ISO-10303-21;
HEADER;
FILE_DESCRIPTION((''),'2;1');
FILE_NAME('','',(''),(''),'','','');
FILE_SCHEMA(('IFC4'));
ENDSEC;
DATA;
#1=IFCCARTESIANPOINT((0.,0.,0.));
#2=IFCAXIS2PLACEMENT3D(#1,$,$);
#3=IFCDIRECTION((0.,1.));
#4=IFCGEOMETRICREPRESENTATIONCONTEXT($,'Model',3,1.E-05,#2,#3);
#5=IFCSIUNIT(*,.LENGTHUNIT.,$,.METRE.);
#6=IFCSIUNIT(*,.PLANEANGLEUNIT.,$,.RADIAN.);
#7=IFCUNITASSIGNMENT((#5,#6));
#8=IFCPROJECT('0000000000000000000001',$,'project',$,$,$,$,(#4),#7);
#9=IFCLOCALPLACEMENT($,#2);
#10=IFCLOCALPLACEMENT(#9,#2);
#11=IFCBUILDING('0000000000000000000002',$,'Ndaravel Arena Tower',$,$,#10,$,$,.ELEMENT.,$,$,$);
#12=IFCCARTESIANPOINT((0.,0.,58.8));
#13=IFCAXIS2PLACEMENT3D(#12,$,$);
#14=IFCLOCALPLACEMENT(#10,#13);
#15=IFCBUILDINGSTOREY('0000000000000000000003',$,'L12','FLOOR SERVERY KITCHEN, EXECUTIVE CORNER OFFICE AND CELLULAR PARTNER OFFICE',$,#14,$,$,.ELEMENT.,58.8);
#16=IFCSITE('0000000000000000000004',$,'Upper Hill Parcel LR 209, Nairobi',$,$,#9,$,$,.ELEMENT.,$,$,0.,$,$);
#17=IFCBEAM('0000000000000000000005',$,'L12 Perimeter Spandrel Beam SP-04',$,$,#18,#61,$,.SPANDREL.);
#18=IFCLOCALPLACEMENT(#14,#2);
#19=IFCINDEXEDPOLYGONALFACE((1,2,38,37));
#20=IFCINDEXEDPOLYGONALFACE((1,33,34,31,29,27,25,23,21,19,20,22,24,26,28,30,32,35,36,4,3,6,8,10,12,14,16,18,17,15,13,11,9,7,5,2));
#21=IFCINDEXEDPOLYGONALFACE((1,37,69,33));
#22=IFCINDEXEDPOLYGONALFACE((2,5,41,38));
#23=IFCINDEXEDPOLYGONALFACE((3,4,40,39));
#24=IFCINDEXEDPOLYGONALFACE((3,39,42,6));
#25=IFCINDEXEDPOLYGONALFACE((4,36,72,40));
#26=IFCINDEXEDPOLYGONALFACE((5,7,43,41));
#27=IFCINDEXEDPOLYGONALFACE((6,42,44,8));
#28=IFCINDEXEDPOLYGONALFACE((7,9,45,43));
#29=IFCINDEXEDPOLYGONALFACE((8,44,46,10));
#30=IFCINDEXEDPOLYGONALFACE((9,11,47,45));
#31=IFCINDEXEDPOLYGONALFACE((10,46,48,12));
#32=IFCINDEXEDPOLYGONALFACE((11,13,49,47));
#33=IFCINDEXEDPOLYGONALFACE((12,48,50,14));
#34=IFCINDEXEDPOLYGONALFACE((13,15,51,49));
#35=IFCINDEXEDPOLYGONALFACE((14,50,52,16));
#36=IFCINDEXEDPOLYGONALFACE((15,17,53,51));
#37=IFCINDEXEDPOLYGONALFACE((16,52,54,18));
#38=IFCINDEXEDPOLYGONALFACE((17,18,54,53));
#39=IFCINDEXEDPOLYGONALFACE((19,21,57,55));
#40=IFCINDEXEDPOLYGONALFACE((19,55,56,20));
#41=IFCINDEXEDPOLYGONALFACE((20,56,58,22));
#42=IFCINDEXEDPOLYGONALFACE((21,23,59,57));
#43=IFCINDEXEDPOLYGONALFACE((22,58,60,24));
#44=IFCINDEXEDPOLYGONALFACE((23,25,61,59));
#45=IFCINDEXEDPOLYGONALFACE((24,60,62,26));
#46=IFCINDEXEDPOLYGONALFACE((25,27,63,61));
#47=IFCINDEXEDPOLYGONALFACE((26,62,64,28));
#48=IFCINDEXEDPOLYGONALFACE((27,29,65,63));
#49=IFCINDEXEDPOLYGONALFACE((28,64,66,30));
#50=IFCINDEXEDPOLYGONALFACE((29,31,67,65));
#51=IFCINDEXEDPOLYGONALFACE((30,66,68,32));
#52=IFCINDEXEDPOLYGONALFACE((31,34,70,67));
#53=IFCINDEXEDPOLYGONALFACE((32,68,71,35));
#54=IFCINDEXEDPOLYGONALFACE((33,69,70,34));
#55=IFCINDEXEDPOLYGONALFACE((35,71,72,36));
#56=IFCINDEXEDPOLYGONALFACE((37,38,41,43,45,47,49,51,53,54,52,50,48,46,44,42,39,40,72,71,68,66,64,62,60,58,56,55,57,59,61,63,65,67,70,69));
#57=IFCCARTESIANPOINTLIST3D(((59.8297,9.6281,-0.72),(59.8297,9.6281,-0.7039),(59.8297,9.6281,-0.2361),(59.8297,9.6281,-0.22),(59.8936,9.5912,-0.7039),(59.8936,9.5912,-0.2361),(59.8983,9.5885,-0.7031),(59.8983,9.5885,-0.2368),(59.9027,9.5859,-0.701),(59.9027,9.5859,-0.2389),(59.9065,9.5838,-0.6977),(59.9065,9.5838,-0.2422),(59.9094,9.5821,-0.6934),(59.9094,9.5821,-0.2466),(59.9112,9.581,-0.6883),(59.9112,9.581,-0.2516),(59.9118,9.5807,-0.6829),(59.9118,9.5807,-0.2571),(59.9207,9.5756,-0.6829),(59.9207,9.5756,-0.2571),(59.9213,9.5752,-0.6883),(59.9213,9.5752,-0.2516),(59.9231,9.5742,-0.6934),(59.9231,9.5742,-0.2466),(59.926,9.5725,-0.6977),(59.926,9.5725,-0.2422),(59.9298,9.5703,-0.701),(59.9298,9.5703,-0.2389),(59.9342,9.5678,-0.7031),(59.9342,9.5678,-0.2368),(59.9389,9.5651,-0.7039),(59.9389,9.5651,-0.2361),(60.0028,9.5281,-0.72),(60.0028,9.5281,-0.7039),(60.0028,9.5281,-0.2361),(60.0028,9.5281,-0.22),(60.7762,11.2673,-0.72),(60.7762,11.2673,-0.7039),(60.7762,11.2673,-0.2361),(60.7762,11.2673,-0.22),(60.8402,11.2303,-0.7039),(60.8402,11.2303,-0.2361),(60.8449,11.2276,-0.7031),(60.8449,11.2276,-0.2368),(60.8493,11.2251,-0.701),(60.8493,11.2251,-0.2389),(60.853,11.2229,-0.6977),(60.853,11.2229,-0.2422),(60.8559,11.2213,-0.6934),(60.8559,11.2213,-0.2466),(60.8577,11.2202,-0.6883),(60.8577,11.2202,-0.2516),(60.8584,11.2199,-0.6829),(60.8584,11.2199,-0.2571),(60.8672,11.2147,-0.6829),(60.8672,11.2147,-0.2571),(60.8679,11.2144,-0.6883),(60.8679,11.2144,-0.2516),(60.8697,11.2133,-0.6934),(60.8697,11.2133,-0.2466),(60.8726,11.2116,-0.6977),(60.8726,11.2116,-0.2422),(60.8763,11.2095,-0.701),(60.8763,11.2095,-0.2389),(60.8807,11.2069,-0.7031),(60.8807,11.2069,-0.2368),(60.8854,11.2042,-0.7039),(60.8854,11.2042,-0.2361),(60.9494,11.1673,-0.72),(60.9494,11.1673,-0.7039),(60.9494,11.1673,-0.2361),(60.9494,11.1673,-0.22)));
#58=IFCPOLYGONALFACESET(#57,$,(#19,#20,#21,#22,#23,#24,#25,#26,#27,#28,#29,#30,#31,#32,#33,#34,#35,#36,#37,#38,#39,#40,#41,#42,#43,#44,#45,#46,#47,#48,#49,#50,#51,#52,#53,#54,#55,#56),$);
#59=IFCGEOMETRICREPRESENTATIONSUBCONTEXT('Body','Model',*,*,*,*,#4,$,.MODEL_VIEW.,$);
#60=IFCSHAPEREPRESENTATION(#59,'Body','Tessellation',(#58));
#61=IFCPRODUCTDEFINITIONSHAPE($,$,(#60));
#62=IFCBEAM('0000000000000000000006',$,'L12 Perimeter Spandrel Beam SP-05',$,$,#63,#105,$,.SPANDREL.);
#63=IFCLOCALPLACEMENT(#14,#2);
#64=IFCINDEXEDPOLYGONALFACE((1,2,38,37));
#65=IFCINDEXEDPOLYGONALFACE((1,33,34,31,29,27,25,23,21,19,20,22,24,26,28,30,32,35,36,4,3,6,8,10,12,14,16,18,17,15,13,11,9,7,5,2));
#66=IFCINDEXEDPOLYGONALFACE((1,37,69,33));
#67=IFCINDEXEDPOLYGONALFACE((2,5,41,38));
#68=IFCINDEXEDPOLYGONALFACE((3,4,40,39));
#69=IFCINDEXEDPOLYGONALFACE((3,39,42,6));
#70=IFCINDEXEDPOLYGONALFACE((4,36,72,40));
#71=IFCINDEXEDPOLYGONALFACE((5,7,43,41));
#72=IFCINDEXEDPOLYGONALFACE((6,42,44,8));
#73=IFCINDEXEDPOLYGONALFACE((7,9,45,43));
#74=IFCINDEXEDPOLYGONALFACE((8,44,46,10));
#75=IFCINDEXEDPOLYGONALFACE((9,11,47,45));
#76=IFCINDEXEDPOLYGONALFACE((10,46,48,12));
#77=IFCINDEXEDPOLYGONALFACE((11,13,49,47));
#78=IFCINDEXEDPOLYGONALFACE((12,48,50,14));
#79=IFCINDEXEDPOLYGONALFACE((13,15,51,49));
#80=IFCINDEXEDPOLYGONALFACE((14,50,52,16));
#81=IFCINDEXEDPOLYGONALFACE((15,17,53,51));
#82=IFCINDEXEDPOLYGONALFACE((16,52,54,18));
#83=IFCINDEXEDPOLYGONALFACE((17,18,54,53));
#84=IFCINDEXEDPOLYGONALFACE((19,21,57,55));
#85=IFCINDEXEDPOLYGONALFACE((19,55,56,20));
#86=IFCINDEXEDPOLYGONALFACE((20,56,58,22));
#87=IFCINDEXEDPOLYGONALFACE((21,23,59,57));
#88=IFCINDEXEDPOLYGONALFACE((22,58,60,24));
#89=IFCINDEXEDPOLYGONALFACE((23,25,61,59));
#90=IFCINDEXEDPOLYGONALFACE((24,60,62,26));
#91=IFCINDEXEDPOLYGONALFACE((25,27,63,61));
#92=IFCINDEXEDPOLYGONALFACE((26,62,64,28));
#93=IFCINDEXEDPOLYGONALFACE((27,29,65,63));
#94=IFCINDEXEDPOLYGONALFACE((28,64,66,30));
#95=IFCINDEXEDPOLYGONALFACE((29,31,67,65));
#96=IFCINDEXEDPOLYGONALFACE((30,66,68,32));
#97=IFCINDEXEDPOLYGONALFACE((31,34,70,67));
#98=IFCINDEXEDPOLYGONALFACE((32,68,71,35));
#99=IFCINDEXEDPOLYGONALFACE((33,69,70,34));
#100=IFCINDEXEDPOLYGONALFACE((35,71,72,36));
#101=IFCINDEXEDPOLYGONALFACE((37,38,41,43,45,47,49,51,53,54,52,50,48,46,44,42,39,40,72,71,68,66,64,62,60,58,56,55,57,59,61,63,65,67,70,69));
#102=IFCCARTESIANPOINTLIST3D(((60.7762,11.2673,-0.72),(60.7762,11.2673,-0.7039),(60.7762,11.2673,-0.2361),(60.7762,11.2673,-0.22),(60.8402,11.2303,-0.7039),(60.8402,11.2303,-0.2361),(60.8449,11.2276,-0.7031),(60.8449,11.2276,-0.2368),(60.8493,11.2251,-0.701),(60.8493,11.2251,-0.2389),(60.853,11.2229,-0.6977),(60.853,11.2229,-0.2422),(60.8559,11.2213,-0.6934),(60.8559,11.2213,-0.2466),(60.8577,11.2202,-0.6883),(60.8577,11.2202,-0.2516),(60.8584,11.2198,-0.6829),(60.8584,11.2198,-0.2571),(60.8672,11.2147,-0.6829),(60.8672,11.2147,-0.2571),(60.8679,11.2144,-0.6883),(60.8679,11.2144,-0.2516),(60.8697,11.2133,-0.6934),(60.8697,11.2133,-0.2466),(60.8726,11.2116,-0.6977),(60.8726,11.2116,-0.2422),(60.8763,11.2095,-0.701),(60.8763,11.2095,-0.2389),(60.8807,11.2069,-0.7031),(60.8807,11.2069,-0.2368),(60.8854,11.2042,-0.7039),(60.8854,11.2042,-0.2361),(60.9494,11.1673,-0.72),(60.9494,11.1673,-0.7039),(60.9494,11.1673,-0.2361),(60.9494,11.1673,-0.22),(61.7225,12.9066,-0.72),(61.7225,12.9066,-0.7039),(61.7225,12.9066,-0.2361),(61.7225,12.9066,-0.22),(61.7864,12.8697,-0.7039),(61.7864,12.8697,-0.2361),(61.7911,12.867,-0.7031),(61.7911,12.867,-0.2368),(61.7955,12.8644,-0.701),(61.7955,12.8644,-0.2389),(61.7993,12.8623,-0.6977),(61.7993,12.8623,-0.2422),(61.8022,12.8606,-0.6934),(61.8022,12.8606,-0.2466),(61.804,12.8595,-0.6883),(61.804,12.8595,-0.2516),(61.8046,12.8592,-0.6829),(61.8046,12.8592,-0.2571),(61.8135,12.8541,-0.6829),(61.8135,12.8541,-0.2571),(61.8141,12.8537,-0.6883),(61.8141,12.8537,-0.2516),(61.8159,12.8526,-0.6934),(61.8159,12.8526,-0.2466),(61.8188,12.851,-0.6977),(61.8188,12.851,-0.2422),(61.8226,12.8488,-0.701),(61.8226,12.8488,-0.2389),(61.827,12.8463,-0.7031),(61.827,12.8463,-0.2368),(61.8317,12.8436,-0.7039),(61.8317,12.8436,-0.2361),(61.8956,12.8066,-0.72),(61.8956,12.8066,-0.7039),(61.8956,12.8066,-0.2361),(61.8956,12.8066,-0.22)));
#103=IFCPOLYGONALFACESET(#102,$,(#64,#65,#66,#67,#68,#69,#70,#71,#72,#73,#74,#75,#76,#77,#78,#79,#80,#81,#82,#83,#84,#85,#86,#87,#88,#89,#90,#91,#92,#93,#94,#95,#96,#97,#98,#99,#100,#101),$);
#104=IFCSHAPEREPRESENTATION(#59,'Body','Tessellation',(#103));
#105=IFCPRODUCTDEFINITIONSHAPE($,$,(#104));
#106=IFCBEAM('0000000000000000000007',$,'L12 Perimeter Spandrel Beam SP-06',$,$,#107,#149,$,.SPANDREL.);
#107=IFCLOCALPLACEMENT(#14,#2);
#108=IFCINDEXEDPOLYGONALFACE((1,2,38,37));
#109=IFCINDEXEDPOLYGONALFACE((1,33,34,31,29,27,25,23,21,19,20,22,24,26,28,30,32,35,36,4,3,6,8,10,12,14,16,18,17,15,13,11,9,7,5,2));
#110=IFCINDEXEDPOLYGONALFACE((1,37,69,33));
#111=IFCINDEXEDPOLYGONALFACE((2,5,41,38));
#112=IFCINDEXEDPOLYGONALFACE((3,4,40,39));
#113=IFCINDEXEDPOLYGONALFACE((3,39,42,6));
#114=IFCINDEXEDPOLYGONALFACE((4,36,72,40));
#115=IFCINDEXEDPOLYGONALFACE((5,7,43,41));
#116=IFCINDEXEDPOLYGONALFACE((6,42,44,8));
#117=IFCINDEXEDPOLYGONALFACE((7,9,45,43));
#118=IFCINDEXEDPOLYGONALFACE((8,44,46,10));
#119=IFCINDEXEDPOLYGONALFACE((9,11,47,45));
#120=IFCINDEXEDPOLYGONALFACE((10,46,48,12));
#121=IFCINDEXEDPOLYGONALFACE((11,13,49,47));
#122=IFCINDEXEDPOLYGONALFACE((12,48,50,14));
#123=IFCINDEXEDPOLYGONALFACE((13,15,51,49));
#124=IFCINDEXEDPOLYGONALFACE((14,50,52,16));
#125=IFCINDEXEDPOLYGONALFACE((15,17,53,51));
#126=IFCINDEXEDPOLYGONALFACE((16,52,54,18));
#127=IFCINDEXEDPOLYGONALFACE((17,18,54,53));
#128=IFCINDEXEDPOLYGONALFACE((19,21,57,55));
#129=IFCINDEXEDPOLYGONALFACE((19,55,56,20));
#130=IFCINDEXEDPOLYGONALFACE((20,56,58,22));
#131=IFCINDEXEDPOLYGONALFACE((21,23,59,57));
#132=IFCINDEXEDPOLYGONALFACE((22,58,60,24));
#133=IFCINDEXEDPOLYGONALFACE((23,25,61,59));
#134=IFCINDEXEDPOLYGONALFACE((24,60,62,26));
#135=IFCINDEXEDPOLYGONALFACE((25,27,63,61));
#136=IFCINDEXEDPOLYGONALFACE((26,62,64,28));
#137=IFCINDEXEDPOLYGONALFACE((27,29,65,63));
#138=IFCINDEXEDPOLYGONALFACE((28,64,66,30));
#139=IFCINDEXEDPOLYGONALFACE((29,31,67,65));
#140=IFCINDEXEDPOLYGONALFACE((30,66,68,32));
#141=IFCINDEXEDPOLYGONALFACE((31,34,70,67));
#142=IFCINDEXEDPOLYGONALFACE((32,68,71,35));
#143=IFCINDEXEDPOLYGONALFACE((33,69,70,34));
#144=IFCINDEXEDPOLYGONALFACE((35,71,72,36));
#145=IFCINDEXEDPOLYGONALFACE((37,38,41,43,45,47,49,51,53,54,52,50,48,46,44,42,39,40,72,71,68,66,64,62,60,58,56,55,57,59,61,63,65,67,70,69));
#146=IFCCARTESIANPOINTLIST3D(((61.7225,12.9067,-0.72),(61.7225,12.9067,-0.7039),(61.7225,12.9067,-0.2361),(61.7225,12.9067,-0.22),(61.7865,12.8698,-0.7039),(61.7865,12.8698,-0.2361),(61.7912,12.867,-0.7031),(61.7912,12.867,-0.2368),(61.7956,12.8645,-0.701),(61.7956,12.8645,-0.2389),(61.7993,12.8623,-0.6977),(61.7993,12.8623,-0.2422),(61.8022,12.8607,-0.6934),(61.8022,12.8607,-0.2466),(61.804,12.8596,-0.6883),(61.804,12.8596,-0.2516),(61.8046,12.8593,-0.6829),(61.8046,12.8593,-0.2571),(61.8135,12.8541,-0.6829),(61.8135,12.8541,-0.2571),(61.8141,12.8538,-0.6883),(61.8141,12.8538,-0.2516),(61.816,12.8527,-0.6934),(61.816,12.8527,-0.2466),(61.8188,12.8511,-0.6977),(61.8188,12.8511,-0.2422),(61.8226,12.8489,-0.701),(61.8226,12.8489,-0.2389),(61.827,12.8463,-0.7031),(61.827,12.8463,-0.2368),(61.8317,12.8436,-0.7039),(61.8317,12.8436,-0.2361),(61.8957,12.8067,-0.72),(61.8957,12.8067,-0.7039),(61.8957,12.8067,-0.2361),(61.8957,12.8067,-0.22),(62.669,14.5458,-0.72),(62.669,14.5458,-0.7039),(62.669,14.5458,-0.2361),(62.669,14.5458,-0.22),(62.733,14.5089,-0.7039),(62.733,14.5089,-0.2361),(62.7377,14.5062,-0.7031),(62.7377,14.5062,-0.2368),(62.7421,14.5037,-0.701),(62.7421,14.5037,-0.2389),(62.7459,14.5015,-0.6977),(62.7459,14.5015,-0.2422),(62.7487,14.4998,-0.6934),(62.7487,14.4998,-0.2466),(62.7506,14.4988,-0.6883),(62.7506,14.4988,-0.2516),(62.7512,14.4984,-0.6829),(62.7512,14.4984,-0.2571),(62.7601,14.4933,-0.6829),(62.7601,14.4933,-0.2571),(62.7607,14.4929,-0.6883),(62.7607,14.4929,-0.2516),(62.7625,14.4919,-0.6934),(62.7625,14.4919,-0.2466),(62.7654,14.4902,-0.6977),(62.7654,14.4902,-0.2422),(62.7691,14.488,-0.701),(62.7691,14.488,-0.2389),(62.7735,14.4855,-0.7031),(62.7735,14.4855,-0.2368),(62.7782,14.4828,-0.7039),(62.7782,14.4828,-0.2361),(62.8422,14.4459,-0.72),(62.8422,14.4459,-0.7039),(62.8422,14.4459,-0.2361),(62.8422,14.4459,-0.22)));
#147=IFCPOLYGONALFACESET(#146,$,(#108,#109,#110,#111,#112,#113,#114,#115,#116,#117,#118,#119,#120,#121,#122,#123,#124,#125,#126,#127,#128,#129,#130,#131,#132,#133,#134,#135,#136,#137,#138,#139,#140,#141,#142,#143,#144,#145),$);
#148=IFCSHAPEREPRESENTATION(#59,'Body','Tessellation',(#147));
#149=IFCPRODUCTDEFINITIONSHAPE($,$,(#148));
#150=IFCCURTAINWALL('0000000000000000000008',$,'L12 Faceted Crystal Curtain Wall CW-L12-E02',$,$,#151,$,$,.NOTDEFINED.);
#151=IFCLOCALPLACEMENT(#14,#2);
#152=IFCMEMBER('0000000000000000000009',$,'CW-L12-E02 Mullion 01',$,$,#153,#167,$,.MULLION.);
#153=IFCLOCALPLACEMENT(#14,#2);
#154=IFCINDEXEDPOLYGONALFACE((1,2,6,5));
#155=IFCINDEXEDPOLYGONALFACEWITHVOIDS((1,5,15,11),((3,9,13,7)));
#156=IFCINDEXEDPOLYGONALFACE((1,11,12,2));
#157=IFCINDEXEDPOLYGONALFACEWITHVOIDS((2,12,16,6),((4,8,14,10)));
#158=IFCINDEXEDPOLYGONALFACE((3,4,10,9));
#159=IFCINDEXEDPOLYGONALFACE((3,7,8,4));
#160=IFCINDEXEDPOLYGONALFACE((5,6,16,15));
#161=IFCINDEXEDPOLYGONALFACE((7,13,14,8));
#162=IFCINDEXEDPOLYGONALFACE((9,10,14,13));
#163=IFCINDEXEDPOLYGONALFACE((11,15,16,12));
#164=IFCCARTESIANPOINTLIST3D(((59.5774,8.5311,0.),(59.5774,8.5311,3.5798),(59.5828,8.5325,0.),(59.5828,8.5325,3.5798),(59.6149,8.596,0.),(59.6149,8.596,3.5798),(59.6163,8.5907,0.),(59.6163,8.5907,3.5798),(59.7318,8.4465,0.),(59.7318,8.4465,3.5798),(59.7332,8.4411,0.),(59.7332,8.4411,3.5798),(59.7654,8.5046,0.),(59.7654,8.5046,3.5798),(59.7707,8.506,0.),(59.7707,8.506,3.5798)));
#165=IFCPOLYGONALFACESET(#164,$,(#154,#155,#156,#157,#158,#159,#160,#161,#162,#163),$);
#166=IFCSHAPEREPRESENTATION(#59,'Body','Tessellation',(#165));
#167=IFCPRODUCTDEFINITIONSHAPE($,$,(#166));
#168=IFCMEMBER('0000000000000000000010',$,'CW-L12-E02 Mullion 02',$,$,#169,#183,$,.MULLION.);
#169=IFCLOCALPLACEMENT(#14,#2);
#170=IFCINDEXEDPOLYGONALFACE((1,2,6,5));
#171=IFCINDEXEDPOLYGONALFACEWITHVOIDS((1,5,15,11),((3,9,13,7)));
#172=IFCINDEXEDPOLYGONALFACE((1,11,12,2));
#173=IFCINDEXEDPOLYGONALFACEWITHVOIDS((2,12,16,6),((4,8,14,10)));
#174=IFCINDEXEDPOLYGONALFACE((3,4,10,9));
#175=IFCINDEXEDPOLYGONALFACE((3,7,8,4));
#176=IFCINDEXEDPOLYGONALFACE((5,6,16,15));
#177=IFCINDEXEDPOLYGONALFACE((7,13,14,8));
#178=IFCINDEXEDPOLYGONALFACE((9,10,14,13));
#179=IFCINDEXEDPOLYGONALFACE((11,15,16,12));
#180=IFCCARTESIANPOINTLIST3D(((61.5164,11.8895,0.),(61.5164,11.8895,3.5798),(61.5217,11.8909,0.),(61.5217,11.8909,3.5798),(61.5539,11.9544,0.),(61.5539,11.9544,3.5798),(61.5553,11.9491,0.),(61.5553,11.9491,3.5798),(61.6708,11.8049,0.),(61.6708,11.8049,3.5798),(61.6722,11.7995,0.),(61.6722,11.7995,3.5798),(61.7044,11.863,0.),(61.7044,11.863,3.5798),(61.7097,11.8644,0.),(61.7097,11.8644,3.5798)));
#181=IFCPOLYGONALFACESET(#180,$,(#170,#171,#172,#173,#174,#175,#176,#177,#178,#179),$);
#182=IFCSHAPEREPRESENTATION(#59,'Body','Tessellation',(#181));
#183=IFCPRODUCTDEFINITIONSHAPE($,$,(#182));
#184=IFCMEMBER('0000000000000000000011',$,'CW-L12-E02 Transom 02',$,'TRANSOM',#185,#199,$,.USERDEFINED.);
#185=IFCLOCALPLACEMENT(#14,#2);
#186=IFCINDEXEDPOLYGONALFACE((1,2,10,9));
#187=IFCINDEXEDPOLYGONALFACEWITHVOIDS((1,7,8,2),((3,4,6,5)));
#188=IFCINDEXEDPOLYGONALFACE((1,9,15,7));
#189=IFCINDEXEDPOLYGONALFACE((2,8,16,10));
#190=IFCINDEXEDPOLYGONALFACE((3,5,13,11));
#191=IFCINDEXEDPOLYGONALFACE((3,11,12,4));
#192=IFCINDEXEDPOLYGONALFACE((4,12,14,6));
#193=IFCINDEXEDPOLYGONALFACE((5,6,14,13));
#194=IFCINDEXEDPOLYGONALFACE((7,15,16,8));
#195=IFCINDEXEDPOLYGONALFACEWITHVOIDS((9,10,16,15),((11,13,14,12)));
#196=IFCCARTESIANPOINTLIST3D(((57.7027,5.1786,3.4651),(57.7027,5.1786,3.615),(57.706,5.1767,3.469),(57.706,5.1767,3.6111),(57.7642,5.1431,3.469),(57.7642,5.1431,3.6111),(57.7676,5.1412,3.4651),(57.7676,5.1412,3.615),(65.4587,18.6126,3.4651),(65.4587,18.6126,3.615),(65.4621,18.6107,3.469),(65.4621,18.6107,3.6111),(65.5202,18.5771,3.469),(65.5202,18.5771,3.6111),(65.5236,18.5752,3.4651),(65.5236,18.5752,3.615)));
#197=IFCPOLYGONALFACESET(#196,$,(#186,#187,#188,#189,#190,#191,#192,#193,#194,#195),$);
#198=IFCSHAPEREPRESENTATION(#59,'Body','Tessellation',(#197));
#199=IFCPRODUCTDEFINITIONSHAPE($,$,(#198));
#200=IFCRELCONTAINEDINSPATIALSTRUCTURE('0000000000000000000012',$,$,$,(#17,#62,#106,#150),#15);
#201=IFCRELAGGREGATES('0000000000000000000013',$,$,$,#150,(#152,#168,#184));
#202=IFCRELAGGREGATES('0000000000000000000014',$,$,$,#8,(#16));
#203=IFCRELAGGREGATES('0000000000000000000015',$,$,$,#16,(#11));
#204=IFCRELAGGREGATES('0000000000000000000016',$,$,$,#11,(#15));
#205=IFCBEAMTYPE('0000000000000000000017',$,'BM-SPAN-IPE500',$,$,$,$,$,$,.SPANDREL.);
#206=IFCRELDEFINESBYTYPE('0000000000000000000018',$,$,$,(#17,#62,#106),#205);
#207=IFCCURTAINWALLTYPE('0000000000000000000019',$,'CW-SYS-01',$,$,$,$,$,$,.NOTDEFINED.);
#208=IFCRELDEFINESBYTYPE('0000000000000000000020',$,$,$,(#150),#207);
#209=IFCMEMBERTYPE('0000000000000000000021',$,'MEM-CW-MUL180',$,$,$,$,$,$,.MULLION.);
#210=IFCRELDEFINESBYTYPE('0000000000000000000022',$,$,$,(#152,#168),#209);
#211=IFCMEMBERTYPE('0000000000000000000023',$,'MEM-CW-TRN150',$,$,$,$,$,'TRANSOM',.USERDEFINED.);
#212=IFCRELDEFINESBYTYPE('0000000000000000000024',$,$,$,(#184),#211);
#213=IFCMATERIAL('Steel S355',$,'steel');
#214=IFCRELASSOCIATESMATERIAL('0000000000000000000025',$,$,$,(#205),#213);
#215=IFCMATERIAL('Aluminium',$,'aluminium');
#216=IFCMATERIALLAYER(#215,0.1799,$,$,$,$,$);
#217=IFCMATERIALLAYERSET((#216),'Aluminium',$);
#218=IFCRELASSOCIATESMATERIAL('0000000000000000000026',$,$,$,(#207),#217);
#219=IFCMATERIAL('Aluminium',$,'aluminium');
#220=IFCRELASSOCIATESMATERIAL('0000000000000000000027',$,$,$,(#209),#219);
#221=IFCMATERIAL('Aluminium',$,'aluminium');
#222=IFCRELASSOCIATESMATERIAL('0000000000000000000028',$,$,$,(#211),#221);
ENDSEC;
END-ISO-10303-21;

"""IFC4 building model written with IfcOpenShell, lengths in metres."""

from ifc_helpers import new_model, si_unit, direction, frame, origin, origin_2d, place, context, subcontext, project, spatial, hollow_rectangle, i_section, extrude, material, layer, layer_set, material_profile, profile_set, type_object, element, aggregate, save


model = new_model("IFC4")

# Units and contexts
model_context = context("Model", 3, precision=1e-05, world=origin(), true_north=direction((0.0, 1.0)))
body_context = subcontext(model_context, "Body", "Model", "MODEL_VIEW")
ifc_project = project(units=[si_unit("LENGTHUNIT", "METRE"), si_unit("PLANEANGLEUNIT", "RADIAN")], contexts=[model_context])

# Site, building, storey
site_placement = place(None, origin())
site = spatial("IfcSite", under=ifc_project, at=site_placement, Name="Upper Hill Parcel LR 209, Nairobi", CompositionType="ELEMENT", RefElevation=0.0)
building_placement = place(site_placement, origin())
building = spatial("IfcBuilding", under=site, at=building_placement, Name="Ndaravel Arena Tower", CompositionType="ELEMENT")
storey_placement = place(building_placement, frame((0.0, 0.0, 58.8)))
storey = spatial("IfcBuildingStorey", under=building, at=storey_placement, Name="L12", Description="FLOOR SERVERY KITCHEN, EXECUTIVE CORNER OFFICE AND CELLULAR PARTNER OFFICE", CompositionType="ELEMENT", Elevation=58.8)

# Beams
ifc_material_1 = material(Name="Steel S355", Category="steel")
ifc_material_profile_1 = material_profile(ifc_material_1, i_section(OverallWidth=0.2, OverallDepth=0.5, WebThickness=0.0103, FlangeThickness=0.0161, FilletRadius=0.021, at=origin_2d()), Name="IPE 500")
ifc_profile_set_1 = profile_set([ifc_material_profile_1], Name="Steel S355")
beam_type = type_object("IfcBeamType", Name="BM-SPAN-IPE500", PredefinedType="SPANDREL", material=ifc_profile_set_1)
for number, where, z_axis, x_axis, name in (
    (1, (59.9163, 9.5781, -0.47), (0.500065, 0.865988, 0.0), (-0.865988, 0.500065, 0.0), "L12 Perimeter Spandrel Beam SP-04"),
    (2, (60.8628, 11.2173, -0.47), (0.499912, 0.866076, 0.0), (-0.866076, 0.499912, 0.0), "L12 Perimeter Spandrel Beam SP-05"),
    (3, (61.8091, 12.8567, -0.47), (0.500065, 0.865988, 0.0), (-0.865988, 0.500065, 0.0), "L12 Perimeter Spandrel Beam SP-06"),
):
    element("IfcBeam", number, at=place(storey_placement, frame(where, z_axis=z_axis, x_axis=x_axis)), inside=storey, type_object=beam_type, Name=name, PredefinedType="SPANDREL", context=body_context, shape_type="SweptSolid", body=[
        extrude(i_section(OverallWidth=0.2, OverallDepth=0.5, WebThickness=0.0103, FlangeThickness=0.0161, FilletRadius=0.021, at=origin_2d()), origin(), (0.0, 0.0, 1.0), 1.8928),
    ])

# Curtain wall, members
ifc_material_2 = material(Name="Aluminium", Category="aluminium")
ifc_layer_1 = layer(ifc_material_2, 0.1799)
ifc_layer_set_1 = layer_set([ifc_layer_1], Name="Aluminium")
curtain_wall_type = type_object("IfcCurtainWallType", Name="CW-SYS-01", PredefinedType="NOTDEFINED", material=ifc_layer_set_1)
curtain_wall_placement = place(storey_placement, origin())
curtain_wall = element("IfcCurtainWall", 4, at=curtain_wall_placement, inside=storey, type_object=curtain_wall_type, Name="L12 Faceted Crystal Curtain Wall CW-L12-E02", PredefinedType="NOTDEFINED")
ifc_material_3 = material(Name="Aluminium", Category="aluminium")
ifc_material_profile_2 = material_profile(ifc_material_3, hollow_rectangle(XDim=0.075, YDim=0.1799, WallThickness=0.0039, at=origin_2d()), Name="CW MULLION 75x180x4")
ifc_profile_set_2 = profile_set([ifc_material_profile_2], Name="Aluminium")
member_type_1 = type_object("IfcMemberType", Name="MEM-CW-MUL180", PredefinedType="MULLION", material=ifc_profile_set_2)
member_1_placement = place(storey_placement, frame((59.6741, 8.5186, 0.0), z_axis=(0.0, 0.0, 1.0), x_axis=(0.5, 0.866025, 0.0)))
member_1 = element("IfcMember", 5, at=member_1_placement, type_object=member_type_1, Name="CW-L12-E02 Mullion 01", PredefinedType="MULLION", context=body_context, shape_type="SweptSolid", body=[
    extrude(hollow_rectangle(XDim=0.075, YDim=0.1799, WallThickness=0.0039, at=origin_2d()), origin(), (0.0, 0.0, 1.0), 3.5798),
])
member_2_placement = place(storey_placement, frame((61.613, 11.877, 0.0), z_axis=(0.0, 0.0, 1.0), x_axis=(0.5, 0.866025, 0.0)))
member_2 = element("IfcMember", 6, at=member_2_placement, type_object=member_type_1, Name="CW-L12-E02 Mullion 02", PredefinedType="MULLION", context=body_context, shape_type="SweptSolid", body=[
    extrude(hollow_rectangle(XDim=0.075, YDim=0.1799, WallThickness=0.0039, at=origin_2d()), origin(), (0.0, 0.0, 1.0), 3.5798),
])
ifc_material_4 = material(Name="Aluminium", Category="aluminium")
ifc_material_profile_3 = material_profile(ifc_material_4, hollow_rectangle(XDim=0.075, YDim=0.1499, WallThickness=0.0039, at=origin_2d()), Name="CW TRANSOM 75x150x4")
ifc_profile_set_3 = profile_set([ifc_material_profile_3], Name="Aluminium")
member_type_2 = type_object("IfcMemberType", Name="MEM-CW-TRN150", ElementType="TRANSOM", PredefinedType="USERDEFINED", material=ifc_profile_set_3)
member_3_placement = place(storey_placement, frame((57.7351, 5.1599, 3.54), z_axis=(0.499997, 0.866027, 0.0), x_axis=(-0.866027, 0.499997, 0.0)))
member_3 = element("IfcMember", 7, at=member_3_placement, type_object=member_type_2, Name="CW-L12-E02 Transom 02", ObjectType="TRANSOM", PredefinedType="USERDEFINED", context=body_context, shape_type="SweptSolid", body=[
    extrude(hollow_rectangle(XDim=0.075, YDim=0.1499, WallThickness=0.0039, at=origin_2d()), origin(), (0.0, 0.0, 1.0), 15.5122),
])
aggregate(curtain_wall, [member_1, member_2, member_3])

save(model, "model.ifc")
